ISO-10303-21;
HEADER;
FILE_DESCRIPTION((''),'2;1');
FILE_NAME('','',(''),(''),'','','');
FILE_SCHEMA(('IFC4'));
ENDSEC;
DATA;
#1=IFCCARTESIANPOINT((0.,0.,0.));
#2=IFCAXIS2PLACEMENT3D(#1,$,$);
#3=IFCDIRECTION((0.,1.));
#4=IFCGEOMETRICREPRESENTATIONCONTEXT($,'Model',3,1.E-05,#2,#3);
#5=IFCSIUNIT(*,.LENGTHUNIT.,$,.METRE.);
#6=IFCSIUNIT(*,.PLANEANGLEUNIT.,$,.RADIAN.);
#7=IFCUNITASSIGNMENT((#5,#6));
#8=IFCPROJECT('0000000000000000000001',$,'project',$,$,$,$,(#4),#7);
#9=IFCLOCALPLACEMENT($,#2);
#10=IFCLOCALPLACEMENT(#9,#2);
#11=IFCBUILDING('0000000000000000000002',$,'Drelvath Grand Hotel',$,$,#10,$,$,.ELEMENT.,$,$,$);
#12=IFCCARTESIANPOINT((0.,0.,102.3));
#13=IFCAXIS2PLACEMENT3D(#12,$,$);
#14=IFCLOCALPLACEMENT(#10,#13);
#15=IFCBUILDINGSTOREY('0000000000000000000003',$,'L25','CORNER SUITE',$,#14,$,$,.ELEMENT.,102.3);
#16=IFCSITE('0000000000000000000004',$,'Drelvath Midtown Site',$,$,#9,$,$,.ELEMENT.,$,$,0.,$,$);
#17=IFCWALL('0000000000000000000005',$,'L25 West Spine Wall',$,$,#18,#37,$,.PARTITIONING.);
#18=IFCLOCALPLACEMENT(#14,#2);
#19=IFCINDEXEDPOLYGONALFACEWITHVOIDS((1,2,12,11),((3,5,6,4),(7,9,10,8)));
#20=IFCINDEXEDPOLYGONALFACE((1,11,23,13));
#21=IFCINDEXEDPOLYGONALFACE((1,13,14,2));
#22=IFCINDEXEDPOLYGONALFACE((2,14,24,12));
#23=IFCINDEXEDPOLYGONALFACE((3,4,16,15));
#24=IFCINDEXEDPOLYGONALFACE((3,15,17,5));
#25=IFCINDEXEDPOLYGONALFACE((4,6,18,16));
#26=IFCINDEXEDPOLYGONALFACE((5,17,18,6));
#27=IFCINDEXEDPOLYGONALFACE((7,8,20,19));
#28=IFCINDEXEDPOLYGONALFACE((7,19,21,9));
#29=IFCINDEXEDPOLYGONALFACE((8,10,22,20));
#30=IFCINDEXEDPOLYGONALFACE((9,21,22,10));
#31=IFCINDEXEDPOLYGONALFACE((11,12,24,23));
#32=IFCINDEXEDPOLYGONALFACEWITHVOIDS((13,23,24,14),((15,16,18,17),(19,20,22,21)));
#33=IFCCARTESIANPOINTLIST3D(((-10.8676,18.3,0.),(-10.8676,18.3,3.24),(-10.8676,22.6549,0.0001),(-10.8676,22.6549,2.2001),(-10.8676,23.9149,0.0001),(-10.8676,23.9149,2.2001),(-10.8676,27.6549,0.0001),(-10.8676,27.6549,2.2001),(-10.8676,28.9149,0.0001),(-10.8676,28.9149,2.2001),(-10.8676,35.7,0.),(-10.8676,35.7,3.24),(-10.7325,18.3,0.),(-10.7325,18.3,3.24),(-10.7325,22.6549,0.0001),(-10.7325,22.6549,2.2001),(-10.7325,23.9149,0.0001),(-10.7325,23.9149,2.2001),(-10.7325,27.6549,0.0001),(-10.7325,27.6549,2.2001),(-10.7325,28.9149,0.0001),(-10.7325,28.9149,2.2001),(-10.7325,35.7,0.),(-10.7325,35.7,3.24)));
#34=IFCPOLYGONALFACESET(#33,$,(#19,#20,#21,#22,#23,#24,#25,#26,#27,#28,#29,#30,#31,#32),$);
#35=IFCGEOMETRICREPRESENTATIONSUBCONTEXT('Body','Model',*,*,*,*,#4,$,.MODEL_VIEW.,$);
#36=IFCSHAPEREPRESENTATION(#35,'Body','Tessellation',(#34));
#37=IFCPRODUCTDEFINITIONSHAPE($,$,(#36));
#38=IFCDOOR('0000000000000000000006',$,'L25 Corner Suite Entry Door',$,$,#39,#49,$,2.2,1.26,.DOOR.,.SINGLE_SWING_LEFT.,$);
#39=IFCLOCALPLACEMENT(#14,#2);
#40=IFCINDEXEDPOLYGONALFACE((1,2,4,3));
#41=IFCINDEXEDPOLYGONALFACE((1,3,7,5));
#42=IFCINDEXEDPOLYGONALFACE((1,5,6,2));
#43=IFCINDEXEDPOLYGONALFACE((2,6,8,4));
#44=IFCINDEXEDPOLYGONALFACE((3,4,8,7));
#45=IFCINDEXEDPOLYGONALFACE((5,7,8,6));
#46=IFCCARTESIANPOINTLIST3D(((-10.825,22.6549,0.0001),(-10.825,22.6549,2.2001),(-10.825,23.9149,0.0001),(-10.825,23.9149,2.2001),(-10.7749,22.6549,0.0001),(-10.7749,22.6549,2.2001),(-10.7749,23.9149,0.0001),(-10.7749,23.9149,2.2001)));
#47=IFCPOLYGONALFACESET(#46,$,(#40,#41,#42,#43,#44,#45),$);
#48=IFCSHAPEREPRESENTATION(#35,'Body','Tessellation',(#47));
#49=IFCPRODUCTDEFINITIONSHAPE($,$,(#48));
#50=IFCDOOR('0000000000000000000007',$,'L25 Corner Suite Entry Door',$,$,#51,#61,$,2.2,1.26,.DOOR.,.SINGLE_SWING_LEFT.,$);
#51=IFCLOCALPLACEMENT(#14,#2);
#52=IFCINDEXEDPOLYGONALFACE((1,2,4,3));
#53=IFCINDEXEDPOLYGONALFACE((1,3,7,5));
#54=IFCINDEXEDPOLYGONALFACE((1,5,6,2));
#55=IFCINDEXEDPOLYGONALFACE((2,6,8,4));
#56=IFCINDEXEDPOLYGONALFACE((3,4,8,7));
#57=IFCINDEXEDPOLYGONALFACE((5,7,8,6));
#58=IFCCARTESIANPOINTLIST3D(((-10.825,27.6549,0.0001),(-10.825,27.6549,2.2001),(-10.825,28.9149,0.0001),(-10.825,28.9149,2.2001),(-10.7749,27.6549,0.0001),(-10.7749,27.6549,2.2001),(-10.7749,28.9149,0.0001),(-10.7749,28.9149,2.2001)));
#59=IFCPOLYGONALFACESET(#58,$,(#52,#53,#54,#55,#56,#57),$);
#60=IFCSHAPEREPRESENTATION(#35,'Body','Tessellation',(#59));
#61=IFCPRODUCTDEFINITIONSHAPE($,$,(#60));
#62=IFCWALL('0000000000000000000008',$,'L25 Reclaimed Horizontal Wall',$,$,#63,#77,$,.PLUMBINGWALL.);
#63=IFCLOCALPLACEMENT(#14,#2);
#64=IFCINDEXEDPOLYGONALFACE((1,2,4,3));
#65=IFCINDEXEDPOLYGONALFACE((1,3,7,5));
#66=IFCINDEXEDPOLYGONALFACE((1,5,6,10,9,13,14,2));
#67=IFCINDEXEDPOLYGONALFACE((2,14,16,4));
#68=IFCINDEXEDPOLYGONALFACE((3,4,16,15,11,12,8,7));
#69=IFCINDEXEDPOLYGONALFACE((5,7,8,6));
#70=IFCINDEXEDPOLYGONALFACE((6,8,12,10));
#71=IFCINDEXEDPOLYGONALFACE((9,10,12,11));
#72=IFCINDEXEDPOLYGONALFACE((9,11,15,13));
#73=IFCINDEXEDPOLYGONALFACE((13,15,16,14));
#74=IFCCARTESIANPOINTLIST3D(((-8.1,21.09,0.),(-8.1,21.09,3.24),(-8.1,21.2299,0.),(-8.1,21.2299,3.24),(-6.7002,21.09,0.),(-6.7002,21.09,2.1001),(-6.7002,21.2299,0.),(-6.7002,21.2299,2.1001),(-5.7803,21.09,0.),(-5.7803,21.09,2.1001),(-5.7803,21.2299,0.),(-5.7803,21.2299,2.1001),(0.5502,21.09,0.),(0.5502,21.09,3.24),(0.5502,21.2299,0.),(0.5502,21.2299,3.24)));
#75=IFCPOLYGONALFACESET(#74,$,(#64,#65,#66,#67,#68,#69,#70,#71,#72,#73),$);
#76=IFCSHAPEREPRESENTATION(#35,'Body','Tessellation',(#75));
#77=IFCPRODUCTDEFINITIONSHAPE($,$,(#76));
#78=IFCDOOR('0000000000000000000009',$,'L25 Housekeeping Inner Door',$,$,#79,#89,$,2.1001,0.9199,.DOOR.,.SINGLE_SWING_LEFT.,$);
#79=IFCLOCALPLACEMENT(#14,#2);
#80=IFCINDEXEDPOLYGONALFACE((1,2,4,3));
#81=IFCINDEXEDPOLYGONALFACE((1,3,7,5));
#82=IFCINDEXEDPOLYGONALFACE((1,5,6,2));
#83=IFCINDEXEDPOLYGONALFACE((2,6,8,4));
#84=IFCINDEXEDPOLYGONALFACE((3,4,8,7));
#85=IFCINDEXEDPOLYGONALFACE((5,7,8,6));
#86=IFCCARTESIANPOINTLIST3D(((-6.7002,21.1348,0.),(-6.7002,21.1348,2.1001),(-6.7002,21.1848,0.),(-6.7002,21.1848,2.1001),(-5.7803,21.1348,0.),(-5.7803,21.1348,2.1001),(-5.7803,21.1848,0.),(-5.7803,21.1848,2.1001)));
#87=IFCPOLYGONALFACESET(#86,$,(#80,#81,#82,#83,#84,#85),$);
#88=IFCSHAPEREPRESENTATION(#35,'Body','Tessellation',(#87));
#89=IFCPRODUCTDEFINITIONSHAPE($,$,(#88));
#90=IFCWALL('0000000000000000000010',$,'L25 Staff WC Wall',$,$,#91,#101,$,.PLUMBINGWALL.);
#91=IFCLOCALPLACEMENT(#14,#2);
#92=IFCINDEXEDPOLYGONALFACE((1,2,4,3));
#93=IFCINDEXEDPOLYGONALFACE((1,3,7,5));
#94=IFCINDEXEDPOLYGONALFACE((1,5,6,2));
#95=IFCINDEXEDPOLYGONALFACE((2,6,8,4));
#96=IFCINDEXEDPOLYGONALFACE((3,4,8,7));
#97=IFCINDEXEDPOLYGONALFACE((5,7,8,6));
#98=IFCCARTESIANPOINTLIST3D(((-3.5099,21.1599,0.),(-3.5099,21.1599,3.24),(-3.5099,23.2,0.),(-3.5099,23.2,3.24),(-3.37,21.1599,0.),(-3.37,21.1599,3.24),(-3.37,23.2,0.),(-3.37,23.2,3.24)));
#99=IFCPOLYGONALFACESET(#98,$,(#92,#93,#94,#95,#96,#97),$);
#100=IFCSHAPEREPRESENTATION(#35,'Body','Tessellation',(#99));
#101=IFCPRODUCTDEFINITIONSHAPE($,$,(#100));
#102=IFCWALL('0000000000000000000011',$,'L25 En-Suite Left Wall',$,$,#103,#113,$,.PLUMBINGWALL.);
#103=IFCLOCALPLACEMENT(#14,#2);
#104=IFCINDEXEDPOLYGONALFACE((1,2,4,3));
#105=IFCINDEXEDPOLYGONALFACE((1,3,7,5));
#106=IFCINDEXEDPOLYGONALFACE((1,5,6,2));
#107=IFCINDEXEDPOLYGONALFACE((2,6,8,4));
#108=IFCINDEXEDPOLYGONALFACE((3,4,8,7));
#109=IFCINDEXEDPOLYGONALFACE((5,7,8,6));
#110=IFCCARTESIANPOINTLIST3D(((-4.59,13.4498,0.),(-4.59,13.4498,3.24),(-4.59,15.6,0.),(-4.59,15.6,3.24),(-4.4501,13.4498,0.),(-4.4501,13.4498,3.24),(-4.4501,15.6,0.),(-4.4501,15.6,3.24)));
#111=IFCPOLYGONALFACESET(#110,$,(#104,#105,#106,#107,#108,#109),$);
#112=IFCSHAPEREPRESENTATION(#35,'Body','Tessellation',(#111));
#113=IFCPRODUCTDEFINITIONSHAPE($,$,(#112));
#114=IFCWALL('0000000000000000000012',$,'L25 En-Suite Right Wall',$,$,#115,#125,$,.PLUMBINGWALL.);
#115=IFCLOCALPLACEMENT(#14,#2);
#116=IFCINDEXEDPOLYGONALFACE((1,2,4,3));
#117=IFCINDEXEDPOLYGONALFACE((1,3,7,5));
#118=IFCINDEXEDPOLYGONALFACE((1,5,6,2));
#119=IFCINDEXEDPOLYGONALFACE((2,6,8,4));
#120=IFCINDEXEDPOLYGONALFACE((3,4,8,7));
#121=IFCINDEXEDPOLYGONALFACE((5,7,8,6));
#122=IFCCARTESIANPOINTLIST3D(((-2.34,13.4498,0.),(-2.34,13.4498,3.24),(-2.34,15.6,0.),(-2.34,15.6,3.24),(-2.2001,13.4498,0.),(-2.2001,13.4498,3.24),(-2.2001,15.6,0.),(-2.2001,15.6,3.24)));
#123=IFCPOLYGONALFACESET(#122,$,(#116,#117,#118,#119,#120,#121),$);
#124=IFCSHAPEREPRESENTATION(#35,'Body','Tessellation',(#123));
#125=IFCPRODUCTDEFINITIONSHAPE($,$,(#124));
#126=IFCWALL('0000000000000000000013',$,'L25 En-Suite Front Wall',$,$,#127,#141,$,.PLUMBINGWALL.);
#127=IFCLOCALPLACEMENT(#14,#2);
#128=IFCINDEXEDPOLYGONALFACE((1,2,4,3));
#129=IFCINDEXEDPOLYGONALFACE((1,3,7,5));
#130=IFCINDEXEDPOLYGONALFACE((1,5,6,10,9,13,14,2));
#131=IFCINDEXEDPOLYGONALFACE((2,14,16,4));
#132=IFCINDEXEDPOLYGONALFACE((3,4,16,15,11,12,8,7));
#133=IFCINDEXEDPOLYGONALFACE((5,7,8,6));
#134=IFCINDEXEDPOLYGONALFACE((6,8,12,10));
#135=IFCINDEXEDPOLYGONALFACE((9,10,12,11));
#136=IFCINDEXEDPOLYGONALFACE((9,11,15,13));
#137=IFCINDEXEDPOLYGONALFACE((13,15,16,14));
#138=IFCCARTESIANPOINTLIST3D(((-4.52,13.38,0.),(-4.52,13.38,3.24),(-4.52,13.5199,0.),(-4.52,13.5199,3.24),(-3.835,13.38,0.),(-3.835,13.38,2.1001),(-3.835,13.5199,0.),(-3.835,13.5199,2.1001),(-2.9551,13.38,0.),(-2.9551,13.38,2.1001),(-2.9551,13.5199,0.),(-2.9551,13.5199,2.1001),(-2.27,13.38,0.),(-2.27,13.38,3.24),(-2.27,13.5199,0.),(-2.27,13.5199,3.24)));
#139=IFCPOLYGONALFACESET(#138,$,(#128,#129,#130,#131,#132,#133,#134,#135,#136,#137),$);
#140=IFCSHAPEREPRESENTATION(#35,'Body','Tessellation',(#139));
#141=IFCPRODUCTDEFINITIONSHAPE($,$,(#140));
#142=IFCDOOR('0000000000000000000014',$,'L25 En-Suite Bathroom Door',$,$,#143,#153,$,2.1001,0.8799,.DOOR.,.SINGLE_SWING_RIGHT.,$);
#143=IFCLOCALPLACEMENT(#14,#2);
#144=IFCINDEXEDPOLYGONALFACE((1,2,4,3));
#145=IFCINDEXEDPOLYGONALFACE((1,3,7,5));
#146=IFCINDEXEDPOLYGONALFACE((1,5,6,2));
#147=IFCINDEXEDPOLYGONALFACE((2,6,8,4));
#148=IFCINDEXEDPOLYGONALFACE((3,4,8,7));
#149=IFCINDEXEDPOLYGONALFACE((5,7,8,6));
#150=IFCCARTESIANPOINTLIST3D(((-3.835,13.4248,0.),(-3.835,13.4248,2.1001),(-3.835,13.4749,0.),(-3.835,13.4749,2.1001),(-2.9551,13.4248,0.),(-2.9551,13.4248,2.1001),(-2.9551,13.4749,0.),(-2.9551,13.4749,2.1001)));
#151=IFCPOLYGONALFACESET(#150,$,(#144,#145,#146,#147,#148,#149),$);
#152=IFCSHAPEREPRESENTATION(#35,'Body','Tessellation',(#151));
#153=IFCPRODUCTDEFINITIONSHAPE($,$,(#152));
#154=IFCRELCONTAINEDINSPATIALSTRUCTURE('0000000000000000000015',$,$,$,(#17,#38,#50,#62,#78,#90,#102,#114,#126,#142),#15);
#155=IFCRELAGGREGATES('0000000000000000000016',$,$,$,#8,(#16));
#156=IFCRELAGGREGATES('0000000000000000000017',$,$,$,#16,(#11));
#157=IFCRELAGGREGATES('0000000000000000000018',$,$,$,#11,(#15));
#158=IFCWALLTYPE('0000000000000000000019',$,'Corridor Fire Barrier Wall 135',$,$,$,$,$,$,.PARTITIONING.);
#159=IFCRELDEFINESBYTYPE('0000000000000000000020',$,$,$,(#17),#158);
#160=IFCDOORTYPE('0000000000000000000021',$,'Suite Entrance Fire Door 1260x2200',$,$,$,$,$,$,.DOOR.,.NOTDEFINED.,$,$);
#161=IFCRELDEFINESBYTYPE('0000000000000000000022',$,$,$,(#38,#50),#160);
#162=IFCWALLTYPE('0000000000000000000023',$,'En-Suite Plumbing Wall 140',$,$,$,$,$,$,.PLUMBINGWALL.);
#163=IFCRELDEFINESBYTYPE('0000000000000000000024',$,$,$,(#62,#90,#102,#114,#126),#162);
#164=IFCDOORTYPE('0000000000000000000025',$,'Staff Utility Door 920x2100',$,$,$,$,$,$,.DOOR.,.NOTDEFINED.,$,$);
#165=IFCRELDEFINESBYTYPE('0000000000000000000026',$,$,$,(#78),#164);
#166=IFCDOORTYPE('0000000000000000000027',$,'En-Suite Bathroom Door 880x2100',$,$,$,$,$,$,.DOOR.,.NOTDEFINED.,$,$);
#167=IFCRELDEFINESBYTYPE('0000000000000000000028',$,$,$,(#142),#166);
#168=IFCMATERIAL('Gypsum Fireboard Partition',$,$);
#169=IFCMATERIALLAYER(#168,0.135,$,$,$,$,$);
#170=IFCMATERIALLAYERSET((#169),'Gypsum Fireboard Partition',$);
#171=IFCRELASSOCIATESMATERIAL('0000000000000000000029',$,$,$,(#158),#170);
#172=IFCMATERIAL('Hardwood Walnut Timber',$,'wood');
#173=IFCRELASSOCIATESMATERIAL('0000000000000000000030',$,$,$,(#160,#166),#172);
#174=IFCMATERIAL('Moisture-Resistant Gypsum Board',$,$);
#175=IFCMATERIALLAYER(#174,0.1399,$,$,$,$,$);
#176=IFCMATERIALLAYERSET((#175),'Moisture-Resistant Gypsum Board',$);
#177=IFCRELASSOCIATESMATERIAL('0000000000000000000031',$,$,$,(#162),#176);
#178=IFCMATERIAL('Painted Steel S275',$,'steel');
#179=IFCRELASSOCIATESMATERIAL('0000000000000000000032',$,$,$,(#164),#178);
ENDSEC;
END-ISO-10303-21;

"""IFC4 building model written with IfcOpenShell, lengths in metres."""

from ifc_helpers import new_model, si_unit, direction, frame, frame_2d, origin, place, context, subcontext, project, spatial, rectangle, extrude, material, layer, layer_set, type_object, element, fill, save


model = new_model("IFC4")

# Units and contexts
model_context = context("Model", 3, precision=1e-05, world=origin(), true_north=direction((0.0, 1.0)))
body_context = subcontext(model_context, "Body", "Model", "MODEL_VIEW")
ifc_project = project(units=[si_unit("LENGTHUNIT", "METRE"), si_unit("PLANEANGLEUNIT", "RADIAN")], contexts=[model_context])

# Site, building, storey
site_placement = place(None, origin())
site = spatial("IfcSite", under=ifc_project, at=site_placement, Name="Drelvath Midtown Site", CompositionType="ELEMENT", RefElevation=0.0)
building_placement = place(site_placement, origin())
building = spatial("IfcBuilding", under=site, at=building_placement, Name="Drelvath Grand Hotel", CompositionType="ELEMENT")
storey_placement = place(building_placement, frame((0.0, 0.0, 102.3)))
storey = spatial("IfcBuildingStorey", under=building, at=storey_placement, Name="L25", Description="CORNER SUITE", CompositionType="ELEMENT", Elevation=102.3)

# Shared definitions
ifc_material_1 = material(Name="Gypsum Fireboard Partition")
ifc_layer_1 = layer(ifc_material_1, 0.135)
ifc_layer_set_1 = layer_set([ifc_layer_1], Name="Gypsum Fireboard Partition")
wall_type_1 = type_object("IfcWallType", Name="Corridor Fire Barrier Wall 135", PredefinedType="PARTITIONING", material=ifc_layer_set_1)

# Wall, openings, doors
ifc_material_2 = material(Name="Hardwood Walnut Timber", Category="wood")
door_type_1 = type_object("IfcDoorType", Name="Suite Entrance Fire Door 1260x2200", OperationType="NOTDEFINED", PredefinedType="DOOR", material=ifc_material_2)
wall_1_placement = place(storey_placement, frame((-10.8, 18.3, 0.0), z_axis=(0.0, 0.0, 1.0), x_axis=(0.0, 1.0, 0.0)))
wall_1 = element("IfcWall", 1, at=wall_1_placement, inside=storey, type_object=wall_type_1, Name="L25 West Spine Wall", PredefinedType="PARTITIONING", context=body_context, shape_type="SweptSolid", body=[
    extrude(rectangle(XDim=17.3999, YDim=0.135, at=frame_2d((8.7, 0.0))), origin(), (0.0, 0.0, 1.0), 3.24),
])
opening_1_placement = place(wall_1_placement, frame((4.355, 0.0, 0.0)))
opening_1 = element("IfcOpeningElement", 2, at=opening_1_placement, cuts=wall_1, PredefinedType="OPENING", context=body_context, shape_type="SweptSolid", body=[
    extrude(rectangle(XDim=1.26, YDim=2.2, at=frame_2d((0.6299, 1.1001))), frame((0.0, 0.0774, 0.0), z_axis=(0.0, -1.0, 0.0), x_axis=(1.0, 0.0, 0.0)), (0.0, 0.0, 1.0), 0.155),
])
opening_2_placement = place(wall_1_placement, frame((9.355, 0.0, 0.0)))
opening_2 = element("IfcOpeningElement", 3, at=opening_2_placement, cuts=wall_1, PredefinedType="OPENING", context=body_context, shape_type="SweptSolid", body=[
    extrude(rectangle(XDim=1.26, YDim=2.2, at=frame_2d((0.6299, 1.1001))), frame((0.0, 0.0774, 0.0), z_axis=(0.0, -1.0, 0.0), x_axis=(1.0, 0.0, 0.0)), (0.0, 0.0, 1.0), 0.155),
])
door_1_placement = place(opening_1_placement, origin())
door_1 = element("IfcDoor", 4, at=door_1_placement, inside=storey, type_object=door_type_1, Name="L25 Corner Suite Entry Door", OperationType="SINGLE_SWING_LEFT", OverallHeight=2.2, OverallWidth=1.26, PredefinedType="DOOR", context=body_context, shape_type="SweptSolid", body=[
    extrude(rectangle(XDim=1.26, YDim=2.2, at=frame_2d((0.6299, 1.1001))), frame((0.0, 0.0249, 0.0), z_axis=(0.0, -1.0, 0.0), x_axis=(1.0, 0.0, 0.0)), (0.0, 0.0, 1.0), 0.05),
])
fill(opening_1, door_1)
door_2_placement = place(opening_2_placement, origin())
door_2 = element("IfcDoor", 5, at=door_2_placement, inside=storey, type_object=door_type_1, Name="L25 Corner Suite Entry Door", OperationType="SINGLE_SWING_LEFT", OverallHeight=2.2, OverallWidth=1.26, PredefinedType="DOOR", context=body_context, shape_type="SweptSolid", body=[
    extrude(rectangle(XDim=1.26, YDim=2.2, at=frame_2d((0.6299, 1.1001))), frame((0.0, 0.0249, 0.0), z_axis=(0.0, -1.0, 0.0), x_axis=(1.0, 0.0, 0.0)), (0.0, 0.0, 1.0), 0.05),
])
fill(opening_2, door_2)

# Wall, opening, door
ifc_material_3 = material(Name="Moisture-Resistant Gypsum Board")
ifc_layer_2 = layer(ifc_material_3, 0.1399)
ifc_layer_set_2 = layer_set([ifc_layer_2], Name="Moisture-Resistant Gypsum Board")
wall_type_2 = type_object("IfcWallType", Name="En-Suite Plumbing Wall 140", PredefinedType="PLUMBINGWALL", material=ifc_layer_set_2)
wall_2_placement = place(storey_placement, frame((-8.1001, 21.1599, 0.0), z_axis=(0.0, 0.0, 1.0), x_axis=(1.0, 0.0, 0.0)))
wall_2 = element("IfcWall", 6, at=wall_2_placement, inside=storey, type_object=wall_type_2, Name="L25 Reclaimed Horizontal Wall", PredefinedType="PLUMBINGWALL", context=body_context, shape_type="SweptSolid", body=[
    extrude(rectangle(XDim=8.6501, YDim=0.1399, at=frame_2d((4.3252, 0.0))), origin(), (0.0, 0.0, 1.0), 3.24),
])
opening_3_placement = place(wall_2_placement, frame((1.3999, 0.0, 0.0)))
opening_3 = element("IfcOpeningElement", 7, at=opening_3_placement, cuts=wall_2, PredefinedType="OPENING", context=body_context, shape_type="SweptSolid", body=[
    extrude(rectangle(XDim=0.9199, YDim=2.1001, at=frame_2d((0.46, 1.05))), frame((0.0, 0.0798, 0.0), z_axis=(0.0, -1.0, 0.0), x_axis=(1.0, 0.0, 0.0)), (0.0, 0.0, 1.0), 0.1599),
])
ifc_material_4 = material(Name="Painted Steel S275", Category="steel")
door_type_2 = type_object("IfcDoorType", Name="Staff Utility Door 920x2100", OperationType="NOTDEFINED", PredefinedType="DOOR", material=ifc_material_4)
door_3_placement = place(opening_3_placement, origin())
door_3 = element("IfcDoor", 8, at=door_3_placement, inside=storey, type_object=door_type_2, Name="L25 Housekeeping Inner Door", OperationType="SINGLE_SWING_LEFT", OverallHeight=2.1001, OverallWidth=0.9199, PredefinedType="DOOR", context=body_context, shape_type="SweptSolid", body=[
    extrude(rectangle(XDim=0.9199, YDim=2.1001, at=frame_2d((0.46, 1.05))), frame((0.0, 0.0249, 0.0), z_axis=(0.0, -1.0, 0.0), x_axis=(1.0, 0.0, 0.0)), (0.0, 0.0, 1.0), 0.05),
])
fill(opening_3, door_3)

# Walls
wall_3_placement = place(storey_placement, frame((-3.4399, 21.1599, 0.0), z_axis=(0.0, 0.0, 1.0), x_axis=(0.0, 1.0, 0.0)))
element("IfcWall", 9, at=wall_3_placement, inside=storey, type_object=wall_type_2, Name="L25 Staff WC Wall", PredefinedType="PLUMBINGWALL", context=body_context, shape_type="SweptSolid", body=[
    extrude(rectangle(XDim=2.04, YDim=0.1399, at=frame_2d((1.02, 0.0))), origin(), (0.0, 0.0, 1.0), 3.24),
])
for number, where, z_axis, x_axis, name in (
    (10, (-4.52, 15.6001, 0.0), (0.0, 0.0, 1.0), (0.0, -1.0, 0.0), "L25 En-Suite Left Wall"),
    (11, (-2.27, 15.6001, 0.0), (0.0, 0.0, 1.0), (0.0, -1.0, 0.0), "L25 En-Suite Right Wall"),
):
    element("IfcWall", number, at=place(storey_placement, frame(where, z_axis=z_axis, x_axis=x_axis)), inside=storey, type_object=wall_type_2, Name=name, PredefinedType="PLUMBINGWALL", context=body_context, shape_type="SweptSolid", body=[
        extrude(rectangle(XDim=2.1501, YDim=0.1399, at=frame_2d((1.0752, 0.0))), origin(), (0.0, 0.0, 1.0), 3.24),
    ])

# Wall, opening, door
wall_4_placement = place(storey_placement, frame((-4.52, 13.45, 0.0), z_axis=(0.0, 0.0, 1.0), x_axis=(1.0, 0.0, 0.0)))
wall_4 = element("IfcWall", 12, at=wall_4_placement, inside=storey, type_object=wall_type_2, Name="L25 En-Suite Front Wall", PredefinedType="PLUMBINGWALL", context=body_context, shape_type="SweptSolid", body=[
    extrude(rectangle(XDim=2.25, YDim=0.1399, at=frame_2d((1.125, 0.0))), origin(), (0.0, 0.0, 1.0), 3.24),
])
opening_4_placement = place(wall_4_placement, frame((0.6851, 0.0, 0.0)))
opening_4 = element("IfcOpeningElement", 13, at=opening_4_placement, cuts=wall_4, PredefinedType="OPENING", context=body_context, shape_type="SweptSolid", body=[
    extrude(rectangle(XDim=0.8799, YDim=2.1001, at=frame_2d((0.4399, 1.05))), frame((0.0, 0.0798, 0.0), z_axis=(0.0, -1.0, 0.0), x_axis=(1.0, 0.0, 0.0)), (0.0, 0.0, 1.0), 0.1599),
])
door_type_3 = type_object("IfcDoorType", Name="En-Suite Bathroom Door 880x2100", OperationType="NOTDEFINED", PredefinedType="DOOR", material=ifc_material_2)
door_4_placement = place(opening_4_placement, origin())
door_4 = element("IfcDoor", 14, at=door_4_placement, inside=storey, type_object=door_type_3, Name="L25 En-Suite Bathroom Door", OperationType="SINGLE_SWING_RIGHT", OverallHeight=2.1001, OverallWidth=0.8799, PredefinedType="DOOR", context=body_context, shape_type="SweptSolid", body=[
    extrude(rectangle(XDim=0.8799, YDim=2.1001, at=frame_2d((0.4399, 1.05))), frame((0.0, 0.0249, 0.0), z_axis=(0.0, -1.0, 0.0), x_axis=(1.0, 0.0, 0.0)), (0.0, 0.0, 1.0), 0.05),
])
fill(opening_4, door_4)

save(model, "model.ifc")
